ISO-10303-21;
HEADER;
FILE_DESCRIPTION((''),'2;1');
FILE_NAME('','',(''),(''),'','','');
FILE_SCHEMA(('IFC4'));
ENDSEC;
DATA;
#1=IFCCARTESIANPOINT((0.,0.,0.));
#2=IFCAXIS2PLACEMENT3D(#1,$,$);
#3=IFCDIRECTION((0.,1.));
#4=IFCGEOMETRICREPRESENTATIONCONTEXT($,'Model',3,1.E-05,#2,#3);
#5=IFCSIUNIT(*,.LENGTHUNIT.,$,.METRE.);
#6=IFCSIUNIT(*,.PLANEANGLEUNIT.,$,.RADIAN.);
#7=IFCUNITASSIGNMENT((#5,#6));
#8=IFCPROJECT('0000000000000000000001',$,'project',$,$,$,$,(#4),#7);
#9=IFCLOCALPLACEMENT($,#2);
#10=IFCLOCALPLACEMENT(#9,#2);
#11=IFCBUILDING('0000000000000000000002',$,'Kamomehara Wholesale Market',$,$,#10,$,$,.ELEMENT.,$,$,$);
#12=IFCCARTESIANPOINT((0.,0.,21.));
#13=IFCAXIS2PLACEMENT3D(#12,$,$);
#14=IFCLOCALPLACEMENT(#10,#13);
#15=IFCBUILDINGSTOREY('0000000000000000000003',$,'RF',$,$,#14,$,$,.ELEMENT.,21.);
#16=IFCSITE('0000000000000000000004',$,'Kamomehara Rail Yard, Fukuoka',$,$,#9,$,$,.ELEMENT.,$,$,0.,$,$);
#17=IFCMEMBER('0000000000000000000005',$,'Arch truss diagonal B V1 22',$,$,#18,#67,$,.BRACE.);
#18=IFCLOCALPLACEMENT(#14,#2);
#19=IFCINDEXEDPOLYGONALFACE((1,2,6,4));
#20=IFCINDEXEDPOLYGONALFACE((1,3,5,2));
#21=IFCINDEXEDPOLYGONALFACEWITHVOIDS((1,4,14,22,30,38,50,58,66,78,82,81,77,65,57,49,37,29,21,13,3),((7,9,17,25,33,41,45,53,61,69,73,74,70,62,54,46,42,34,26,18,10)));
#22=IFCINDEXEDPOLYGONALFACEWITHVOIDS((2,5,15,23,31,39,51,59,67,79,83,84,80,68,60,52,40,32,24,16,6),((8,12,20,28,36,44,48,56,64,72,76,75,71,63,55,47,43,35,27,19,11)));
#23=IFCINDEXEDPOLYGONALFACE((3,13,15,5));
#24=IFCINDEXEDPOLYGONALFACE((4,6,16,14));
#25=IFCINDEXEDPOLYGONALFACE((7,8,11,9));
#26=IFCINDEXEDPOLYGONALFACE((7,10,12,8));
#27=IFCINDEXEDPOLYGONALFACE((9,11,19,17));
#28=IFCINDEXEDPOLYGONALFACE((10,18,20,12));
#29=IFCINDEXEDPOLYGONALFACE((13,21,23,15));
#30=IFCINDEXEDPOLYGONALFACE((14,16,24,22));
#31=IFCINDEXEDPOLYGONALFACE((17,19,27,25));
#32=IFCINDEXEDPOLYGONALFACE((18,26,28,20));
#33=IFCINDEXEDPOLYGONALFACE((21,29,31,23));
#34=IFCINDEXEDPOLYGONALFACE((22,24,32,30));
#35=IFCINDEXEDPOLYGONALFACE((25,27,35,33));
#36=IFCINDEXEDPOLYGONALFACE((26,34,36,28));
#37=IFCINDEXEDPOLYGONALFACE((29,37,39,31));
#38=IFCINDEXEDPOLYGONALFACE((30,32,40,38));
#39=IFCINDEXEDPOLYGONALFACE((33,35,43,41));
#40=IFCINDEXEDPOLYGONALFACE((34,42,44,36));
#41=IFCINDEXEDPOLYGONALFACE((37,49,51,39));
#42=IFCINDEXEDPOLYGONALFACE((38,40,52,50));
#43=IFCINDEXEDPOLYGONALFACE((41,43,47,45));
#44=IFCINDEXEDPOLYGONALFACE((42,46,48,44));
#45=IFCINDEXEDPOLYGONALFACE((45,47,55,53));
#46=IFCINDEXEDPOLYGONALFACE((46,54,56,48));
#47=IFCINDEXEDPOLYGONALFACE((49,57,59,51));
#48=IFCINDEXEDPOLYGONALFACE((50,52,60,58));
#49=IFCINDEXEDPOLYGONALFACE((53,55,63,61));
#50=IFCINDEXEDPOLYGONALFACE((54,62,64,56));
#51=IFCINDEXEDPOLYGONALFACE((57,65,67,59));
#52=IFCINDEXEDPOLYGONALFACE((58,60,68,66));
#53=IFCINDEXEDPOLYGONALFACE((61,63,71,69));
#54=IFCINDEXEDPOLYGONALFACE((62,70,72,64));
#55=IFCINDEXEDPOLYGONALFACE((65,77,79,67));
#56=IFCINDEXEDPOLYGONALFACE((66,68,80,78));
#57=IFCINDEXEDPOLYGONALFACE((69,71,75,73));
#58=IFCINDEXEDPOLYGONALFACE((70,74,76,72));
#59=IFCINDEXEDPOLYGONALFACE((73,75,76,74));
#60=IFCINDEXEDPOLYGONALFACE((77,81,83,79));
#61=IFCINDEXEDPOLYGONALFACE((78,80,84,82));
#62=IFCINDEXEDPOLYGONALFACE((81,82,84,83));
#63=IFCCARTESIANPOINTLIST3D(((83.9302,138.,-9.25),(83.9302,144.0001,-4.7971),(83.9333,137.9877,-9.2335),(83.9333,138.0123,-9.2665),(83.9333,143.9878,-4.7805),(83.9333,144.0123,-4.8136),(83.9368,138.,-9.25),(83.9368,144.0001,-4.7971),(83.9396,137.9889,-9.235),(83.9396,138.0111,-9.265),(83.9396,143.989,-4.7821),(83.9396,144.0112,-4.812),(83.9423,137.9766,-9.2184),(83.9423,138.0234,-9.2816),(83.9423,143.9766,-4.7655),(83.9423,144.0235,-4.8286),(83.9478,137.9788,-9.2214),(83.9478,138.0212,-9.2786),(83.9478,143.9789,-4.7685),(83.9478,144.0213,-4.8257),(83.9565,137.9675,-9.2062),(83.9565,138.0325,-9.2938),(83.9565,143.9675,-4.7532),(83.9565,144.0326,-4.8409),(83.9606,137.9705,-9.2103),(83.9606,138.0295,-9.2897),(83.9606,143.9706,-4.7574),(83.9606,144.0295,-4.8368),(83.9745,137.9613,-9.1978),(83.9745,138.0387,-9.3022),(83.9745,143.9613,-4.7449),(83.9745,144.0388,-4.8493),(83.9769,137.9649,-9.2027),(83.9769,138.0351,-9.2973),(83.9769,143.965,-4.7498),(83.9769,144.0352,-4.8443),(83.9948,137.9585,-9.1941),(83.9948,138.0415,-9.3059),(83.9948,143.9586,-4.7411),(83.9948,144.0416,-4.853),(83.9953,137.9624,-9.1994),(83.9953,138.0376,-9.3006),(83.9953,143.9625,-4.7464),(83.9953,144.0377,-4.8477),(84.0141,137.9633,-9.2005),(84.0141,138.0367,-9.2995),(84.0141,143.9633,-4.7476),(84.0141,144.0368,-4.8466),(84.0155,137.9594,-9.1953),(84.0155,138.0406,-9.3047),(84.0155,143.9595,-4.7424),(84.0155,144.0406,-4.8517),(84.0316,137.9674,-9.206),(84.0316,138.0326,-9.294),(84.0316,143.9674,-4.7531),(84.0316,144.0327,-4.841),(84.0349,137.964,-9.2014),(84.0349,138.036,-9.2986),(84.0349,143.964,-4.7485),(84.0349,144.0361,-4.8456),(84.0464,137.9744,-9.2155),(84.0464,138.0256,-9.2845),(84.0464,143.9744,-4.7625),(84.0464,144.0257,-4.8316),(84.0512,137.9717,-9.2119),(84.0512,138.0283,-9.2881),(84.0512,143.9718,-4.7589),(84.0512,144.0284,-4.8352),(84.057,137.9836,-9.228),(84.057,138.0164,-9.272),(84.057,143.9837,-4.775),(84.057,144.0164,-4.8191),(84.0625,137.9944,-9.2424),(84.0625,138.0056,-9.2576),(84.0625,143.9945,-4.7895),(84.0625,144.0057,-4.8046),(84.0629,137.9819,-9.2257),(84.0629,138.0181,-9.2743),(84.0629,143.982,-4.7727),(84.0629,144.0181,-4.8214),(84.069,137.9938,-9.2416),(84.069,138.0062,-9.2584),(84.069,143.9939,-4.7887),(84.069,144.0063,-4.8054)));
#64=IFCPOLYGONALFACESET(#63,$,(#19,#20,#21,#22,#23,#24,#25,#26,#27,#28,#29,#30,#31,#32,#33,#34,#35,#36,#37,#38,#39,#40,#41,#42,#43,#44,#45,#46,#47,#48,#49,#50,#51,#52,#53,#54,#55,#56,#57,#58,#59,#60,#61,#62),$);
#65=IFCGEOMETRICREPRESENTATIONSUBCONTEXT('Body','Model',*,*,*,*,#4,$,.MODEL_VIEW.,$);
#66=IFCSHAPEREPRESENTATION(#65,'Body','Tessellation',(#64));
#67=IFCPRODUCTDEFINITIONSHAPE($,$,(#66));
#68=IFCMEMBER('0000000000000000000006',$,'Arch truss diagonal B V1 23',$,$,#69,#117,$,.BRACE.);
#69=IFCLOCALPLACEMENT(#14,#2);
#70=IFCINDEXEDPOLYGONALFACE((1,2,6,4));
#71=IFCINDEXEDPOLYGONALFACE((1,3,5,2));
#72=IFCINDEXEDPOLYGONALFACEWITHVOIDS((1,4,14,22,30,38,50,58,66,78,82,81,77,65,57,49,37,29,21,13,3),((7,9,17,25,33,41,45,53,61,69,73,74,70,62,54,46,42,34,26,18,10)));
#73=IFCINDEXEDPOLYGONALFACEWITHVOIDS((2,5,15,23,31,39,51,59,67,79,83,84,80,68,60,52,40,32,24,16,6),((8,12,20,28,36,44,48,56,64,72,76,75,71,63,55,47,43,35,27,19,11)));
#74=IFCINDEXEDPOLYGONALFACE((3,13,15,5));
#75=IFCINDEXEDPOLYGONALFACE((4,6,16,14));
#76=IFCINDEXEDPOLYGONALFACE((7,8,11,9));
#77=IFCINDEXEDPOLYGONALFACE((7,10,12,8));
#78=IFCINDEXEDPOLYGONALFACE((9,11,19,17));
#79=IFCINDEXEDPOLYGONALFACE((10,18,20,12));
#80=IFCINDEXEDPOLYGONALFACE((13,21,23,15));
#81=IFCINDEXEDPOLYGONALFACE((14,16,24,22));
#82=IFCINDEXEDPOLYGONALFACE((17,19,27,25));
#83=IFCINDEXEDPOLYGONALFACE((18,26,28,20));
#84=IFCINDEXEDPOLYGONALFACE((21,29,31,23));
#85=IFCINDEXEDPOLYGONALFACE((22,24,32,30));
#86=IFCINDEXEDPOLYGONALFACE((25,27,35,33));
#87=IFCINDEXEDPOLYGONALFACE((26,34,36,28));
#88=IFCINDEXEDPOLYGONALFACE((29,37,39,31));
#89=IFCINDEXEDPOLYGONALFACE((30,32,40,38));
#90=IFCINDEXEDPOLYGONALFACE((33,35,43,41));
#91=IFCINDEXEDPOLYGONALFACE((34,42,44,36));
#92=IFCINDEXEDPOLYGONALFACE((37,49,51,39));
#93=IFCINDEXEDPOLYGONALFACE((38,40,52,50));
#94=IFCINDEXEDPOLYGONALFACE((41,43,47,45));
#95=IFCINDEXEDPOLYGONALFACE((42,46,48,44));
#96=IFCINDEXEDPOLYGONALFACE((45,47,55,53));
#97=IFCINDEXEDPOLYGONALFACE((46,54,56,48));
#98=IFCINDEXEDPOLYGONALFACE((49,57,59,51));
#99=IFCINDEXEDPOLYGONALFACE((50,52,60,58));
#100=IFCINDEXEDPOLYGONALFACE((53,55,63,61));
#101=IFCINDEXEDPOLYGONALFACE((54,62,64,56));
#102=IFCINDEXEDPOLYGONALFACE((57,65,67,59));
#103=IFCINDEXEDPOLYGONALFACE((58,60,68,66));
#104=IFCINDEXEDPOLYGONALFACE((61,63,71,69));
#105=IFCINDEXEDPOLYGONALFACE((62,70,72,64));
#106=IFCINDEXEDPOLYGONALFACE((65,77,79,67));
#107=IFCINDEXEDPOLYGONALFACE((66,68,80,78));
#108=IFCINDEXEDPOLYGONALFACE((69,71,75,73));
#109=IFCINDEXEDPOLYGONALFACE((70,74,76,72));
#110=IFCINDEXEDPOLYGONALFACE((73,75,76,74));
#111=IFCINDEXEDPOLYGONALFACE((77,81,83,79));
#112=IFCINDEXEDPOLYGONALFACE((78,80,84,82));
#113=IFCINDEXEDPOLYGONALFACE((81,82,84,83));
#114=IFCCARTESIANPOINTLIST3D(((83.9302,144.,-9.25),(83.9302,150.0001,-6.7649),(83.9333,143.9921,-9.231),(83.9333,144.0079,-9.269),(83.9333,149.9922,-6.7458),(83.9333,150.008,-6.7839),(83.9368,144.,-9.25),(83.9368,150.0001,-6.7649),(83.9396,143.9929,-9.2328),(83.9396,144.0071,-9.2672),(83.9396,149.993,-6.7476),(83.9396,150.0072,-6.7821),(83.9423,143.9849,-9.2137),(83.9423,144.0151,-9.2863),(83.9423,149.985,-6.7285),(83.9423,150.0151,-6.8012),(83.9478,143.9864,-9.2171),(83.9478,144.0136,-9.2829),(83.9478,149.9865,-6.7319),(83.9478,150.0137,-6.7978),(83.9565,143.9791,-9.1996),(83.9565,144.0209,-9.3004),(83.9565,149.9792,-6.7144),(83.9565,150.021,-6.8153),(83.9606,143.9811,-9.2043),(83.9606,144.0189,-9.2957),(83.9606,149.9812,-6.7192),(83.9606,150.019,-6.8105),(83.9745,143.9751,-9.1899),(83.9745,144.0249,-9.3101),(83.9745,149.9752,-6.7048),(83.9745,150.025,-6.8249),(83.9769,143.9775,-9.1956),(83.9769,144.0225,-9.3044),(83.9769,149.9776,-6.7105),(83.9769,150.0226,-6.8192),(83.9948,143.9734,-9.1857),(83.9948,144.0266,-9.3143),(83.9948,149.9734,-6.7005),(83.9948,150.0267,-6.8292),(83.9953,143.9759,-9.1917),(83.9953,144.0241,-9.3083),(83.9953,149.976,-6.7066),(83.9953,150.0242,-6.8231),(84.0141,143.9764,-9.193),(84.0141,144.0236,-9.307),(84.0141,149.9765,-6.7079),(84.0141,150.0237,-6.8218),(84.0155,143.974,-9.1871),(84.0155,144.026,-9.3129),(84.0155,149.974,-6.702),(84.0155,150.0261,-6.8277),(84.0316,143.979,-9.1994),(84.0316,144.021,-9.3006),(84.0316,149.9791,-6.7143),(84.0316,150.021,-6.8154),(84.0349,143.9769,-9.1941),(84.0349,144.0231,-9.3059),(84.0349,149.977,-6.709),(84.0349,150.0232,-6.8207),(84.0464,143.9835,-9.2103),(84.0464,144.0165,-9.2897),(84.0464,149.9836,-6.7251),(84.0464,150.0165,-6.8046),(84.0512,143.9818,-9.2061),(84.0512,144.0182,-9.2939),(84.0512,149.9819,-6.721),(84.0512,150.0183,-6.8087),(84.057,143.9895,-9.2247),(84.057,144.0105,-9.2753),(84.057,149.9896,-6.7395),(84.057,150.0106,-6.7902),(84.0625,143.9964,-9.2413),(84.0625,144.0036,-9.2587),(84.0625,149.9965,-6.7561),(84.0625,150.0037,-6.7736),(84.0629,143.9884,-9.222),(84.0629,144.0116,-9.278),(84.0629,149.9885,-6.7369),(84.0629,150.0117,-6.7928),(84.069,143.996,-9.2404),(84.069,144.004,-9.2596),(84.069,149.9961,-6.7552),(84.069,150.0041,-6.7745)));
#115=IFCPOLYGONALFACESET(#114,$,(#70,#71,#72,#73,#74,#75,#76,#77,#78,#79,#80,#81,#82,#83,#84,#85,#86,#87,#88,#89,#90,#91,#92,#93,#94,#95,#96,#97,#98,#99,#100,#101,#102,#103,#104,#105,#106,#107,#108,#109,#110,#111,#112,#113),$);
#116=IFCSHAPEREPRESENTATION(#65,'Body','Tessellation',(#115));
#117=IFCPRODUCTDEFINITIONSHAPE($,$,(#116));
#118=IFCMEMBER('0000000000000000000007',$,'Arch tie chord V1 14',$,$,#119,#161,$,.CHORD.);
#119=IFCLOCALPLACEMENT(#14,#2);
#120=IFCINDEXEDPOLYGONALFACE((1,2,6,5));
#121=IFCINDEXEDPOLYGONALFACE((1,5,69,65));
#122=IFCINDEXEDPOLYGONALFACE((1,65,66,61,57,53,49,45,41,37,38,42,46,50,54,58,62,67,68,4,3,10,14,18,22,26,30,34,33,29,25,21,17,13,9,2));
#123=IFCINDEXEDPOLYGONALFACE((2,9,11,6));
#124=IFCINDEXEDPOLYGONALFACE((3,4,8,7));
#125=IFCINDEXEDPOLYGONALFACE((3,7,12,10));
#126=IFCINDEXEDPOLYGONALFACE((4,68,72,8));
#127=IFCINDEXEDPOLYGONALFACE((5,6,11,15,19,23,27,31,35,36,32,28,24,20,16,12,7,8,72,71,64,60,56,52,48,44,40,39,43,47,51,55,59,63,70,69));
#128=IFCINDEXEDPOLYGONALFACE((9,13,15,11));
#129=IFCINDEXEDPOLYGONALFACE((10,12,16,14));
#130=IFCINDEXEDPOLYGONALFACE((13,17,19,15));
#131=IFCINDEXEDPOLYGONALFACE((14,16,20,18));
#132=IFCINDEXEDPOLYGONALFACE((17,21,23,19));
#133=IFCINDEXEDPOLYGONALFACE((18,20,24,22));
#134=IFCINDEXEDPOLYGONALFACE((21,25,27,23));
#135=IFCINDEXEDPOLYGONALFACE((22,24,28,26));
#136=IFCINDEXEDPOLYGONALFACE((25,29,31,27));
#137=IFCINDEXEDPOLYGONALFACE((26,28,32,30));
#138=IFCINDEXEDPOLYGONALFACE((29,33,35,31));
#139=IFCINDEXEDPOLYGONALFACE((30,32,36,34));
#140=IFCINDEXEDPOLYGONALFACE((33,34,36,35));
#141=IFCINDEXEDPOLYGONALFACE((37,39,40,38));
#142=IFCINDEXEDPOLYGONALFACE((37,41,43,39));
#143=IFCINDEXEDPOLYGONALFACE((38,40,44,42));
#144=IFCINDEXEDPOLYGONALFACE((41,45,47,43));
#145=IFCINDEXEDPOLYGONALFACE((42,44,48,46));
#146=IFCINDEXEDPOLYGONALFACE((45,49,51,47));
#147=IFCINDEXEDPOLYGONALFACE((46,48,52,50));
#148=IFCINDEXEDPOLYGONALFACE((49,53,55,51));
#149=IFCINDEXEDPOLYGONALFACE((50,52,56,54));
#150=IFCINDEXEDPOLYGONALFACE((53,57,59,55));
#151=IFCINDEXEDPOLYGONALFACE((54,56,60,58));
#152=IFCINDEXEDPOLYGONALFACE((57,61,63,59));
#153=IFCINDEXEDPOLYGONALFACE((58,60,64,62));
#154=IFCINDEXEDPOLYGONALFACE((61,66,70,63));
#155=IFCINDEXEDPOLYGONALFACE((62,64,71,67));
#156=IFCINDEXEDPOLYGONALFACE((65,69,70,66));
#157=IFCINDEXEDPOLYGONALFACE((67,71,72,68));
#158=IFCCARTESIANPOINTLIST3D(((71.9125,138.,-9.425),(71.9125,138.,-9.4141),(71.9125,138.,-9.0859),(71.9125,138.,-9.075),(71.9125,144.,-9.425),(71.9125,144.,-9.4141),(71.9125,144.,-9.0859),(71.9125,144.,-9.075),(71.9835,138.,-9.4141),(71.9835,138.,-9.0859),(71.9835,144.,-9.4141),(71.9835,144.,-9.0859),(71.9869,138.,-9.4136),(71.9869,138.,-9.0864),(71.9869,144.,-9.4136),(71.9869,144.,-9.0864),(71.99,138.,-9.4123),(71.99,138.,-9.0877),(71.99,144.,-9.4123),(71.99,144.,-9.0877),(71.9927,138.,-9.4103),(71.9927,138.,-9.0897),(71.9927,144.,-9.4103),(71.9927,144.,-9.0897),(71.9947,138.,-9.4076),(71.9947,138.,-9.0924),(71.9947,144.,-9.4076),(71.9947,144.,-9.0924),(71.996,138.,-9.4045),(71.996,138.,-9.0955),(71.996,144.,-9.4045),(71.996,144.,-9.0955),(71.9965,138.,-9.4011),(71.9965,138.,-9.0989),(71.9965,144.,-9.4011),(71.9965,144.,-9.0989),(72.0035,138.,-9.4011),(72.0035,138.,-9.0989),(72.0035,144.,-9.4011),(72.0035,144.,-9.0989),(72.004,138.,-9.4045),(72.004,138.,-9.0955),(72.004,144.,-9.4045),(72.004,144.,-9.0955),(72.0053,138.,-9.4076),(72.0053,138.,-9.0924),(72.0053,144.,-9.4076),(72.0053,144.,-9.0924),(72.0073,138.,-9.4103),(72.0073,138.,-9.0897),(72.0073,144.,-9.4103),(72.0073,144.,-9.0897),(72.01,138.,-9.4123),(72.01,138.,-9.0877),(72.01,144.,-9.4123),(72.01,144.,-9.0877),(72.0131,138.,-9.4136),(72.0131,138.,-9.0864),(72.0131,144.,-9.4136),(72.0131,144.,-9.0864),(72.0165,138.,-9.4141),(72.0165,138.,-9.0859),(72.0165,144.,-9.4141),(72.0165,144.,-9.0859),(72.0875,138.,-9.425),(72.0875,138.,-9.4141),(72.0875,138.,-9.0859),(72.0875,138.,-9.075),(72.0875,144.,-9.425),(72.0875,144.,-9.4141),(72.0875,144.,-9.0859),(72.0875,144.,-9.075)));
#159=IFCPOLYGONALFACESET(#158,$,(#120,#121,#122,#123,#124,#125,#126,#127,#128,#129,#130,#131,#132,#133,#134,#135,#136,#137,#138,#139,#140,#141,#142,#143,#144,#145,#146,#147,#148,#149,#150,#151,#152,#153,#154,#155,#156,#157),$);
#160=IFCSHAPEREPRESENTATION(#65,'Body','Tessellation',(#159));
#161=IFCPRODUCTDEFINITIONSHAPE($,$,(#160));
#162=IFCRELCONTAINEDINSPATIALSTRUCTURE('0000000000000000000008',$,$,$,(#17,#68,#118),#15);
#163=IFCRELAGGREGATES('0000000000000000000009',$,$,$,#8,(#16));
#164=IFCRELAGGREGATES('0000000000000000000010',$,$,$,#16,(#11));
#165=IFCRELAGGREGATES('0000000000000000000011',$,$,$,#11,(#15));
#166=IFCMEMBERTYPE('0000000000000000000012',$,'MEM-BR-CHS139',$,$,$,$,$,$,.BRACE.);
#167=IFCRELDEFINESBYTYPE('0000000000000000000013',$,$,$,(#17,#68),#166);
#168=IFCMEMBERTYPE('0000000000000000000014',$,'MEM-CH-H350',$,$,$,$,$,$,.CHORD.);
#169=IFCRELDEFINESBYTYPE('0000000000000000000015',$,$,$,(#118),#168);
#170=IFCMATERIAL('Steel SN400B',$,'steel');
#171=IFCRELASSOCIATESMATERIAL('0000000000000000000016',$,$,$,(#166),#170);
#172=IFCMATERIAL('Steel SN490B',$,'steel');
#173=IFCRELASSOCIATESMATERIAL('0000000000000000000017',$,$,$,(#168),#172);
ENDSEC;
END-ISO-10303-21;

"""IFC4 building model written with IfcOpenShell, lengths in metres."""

from ifc_helpers import new_model, si_unit, direction, frame, origin, origin_2d, place, context, subcontext, project, spatial, hollow_circle, i_section, extrude, material, material_profile, profile_set, type_object, element, save


model = new_model("IFC4")

# Units and contexts
model_context = context("Model", 3, precision=1e-05, world=origin(), true_north=direction((0.0, 1.0)))
body_context = subcontext(model_context, "Body", "Model", "MODEL_VIEW")
ifc_project = project(units=[si_unit("LENGTHUNIT", "METRE"), si_unit("PLANEANGLEUNIT", "RADIAN")], contexts=[model_context])

# Site, building, storey
site_placement = place(None, origin())
site = spatial("IfcSite", under=ifc_project, at=site_placement, Name="Kamomehara Rail Yard, Fukuoka", CompositionType="ELEMENT", RefElevation=0.0)
building_placement = place(site_placement, origin())
building = spatial("IfcBuilding", under=site, at=building_placement, Name="Kamomehara Wholesale Market", CompositionType="ELEMENT")
storey_placement = place(building_placement, frame((0.0, 0.0, 21.0)))
storey = spatial("IfcBuildingStorey", under=building, at=storey_placement, Name="RF", CompositionType="ELEMENT", Elevation=21.0)

# Members
ifc_material_1 = material(Name="Steel SN400B", Category="steel")
ifc_material_profile_1 = material_profile(ifc_material_1, hollow_circle(Radius=0.0698, WallThickness=0.0066, at=origin_2d()), Name="CHS-139.8x6.6")
ifc_profile_set_1 = profile_set([ifc_material_profile_1], Name="Steel SN400B")
member_type_1 = type_object("IfcMemberType", Name="MEM-BR-CHS139", PredefinedType="BRACE", material=ifc_profile_set_1)
member_1_placement = place(storey_placement, frame((84.0, 138.0, -9.25), z_axis=(0.0, 0.803017, 0.595956), x_axis=(-1.0, 0.0, 0.0)))
element("IfcMember", 1, at=member_1_placement, inside=storey, type_object=member_type_1, Name="Arch truss diagonal B V1 22", PredefinedType="BRACE", context=body_context, shape_type="SweptSolid", body=[
    extrude(hollow_circle(Radius=0.0698, WallThickness=0.0066, at=origin_2d()), origin(), (0.0, 0.0, 1.0), 7.4719),
])
member_2_placement = place(storey_placement, frame((84.0, 144.0, -9.25), z_axis=(0.0, 0.923889, 0.382661), x_axis=(-1.0, 0.0, 0.0)))
element("IfcMember", 2, at=member_2_placement, inside=storey, type_object=member_type_1, Name="Arch truss diagonal B V1 23", PredefinedType="BRACE", context=body_context, shape_type="SweptSolid", body=[
    extrude(hollow_circle(Radius=0.0698, WallThickness=0.0066, at=origin_2d()), origin(), (0.0, 0.0, 1.0), 6.4944),
])
ifc_material_2 = material(Name="Steel SN490B", Category="steel")
ifc_material_profile_2 = material_profile(ifc_material_2, i_section(OverallWidth=0.175, OverallDepth=0.3501, WebThickness=0.0071, FlangeThickness=0.011, FilletRadius=0.0129, at=origin_2d()), Name="H-350x175x7x11")
ifc_profile_set_2 = profile_set([ifc_material_profile_2], Name="Steel SN490B")
member_type_2 = type_object("IfcMemberType", Name="MEM-CH-H350", PredefinedType="CHORD", material=ifc_profile_set_2)
for number, where, z_axis, x_axis, name in (
    (3, (72.0, 138.0, -9.25), (0.0, 1.0, 0.0), (-1.0, 0.0, 0.0), "Arch tie chord V1 14"),
):
    element("IfcMember", number, at=place(storey_placement, frame(where, z_axis=z_axis, x_axis=x_axis)), inside=storey, type_object=member_type_2, Name=name, PredefinedType="CHORD", context=body_context, shape_type="SweptSolid", body=[
        extrude(i_section(OverallWidth=0.175, OverallDepth=0.3501, WebThickness=0.0071, FlangeThickness=0.011, FilletRadius=0.0129, at=origin_2d()), origin(), (0.0, 0.0, 1.0), 6.0),
    ])

save(model, "model.ifc")
